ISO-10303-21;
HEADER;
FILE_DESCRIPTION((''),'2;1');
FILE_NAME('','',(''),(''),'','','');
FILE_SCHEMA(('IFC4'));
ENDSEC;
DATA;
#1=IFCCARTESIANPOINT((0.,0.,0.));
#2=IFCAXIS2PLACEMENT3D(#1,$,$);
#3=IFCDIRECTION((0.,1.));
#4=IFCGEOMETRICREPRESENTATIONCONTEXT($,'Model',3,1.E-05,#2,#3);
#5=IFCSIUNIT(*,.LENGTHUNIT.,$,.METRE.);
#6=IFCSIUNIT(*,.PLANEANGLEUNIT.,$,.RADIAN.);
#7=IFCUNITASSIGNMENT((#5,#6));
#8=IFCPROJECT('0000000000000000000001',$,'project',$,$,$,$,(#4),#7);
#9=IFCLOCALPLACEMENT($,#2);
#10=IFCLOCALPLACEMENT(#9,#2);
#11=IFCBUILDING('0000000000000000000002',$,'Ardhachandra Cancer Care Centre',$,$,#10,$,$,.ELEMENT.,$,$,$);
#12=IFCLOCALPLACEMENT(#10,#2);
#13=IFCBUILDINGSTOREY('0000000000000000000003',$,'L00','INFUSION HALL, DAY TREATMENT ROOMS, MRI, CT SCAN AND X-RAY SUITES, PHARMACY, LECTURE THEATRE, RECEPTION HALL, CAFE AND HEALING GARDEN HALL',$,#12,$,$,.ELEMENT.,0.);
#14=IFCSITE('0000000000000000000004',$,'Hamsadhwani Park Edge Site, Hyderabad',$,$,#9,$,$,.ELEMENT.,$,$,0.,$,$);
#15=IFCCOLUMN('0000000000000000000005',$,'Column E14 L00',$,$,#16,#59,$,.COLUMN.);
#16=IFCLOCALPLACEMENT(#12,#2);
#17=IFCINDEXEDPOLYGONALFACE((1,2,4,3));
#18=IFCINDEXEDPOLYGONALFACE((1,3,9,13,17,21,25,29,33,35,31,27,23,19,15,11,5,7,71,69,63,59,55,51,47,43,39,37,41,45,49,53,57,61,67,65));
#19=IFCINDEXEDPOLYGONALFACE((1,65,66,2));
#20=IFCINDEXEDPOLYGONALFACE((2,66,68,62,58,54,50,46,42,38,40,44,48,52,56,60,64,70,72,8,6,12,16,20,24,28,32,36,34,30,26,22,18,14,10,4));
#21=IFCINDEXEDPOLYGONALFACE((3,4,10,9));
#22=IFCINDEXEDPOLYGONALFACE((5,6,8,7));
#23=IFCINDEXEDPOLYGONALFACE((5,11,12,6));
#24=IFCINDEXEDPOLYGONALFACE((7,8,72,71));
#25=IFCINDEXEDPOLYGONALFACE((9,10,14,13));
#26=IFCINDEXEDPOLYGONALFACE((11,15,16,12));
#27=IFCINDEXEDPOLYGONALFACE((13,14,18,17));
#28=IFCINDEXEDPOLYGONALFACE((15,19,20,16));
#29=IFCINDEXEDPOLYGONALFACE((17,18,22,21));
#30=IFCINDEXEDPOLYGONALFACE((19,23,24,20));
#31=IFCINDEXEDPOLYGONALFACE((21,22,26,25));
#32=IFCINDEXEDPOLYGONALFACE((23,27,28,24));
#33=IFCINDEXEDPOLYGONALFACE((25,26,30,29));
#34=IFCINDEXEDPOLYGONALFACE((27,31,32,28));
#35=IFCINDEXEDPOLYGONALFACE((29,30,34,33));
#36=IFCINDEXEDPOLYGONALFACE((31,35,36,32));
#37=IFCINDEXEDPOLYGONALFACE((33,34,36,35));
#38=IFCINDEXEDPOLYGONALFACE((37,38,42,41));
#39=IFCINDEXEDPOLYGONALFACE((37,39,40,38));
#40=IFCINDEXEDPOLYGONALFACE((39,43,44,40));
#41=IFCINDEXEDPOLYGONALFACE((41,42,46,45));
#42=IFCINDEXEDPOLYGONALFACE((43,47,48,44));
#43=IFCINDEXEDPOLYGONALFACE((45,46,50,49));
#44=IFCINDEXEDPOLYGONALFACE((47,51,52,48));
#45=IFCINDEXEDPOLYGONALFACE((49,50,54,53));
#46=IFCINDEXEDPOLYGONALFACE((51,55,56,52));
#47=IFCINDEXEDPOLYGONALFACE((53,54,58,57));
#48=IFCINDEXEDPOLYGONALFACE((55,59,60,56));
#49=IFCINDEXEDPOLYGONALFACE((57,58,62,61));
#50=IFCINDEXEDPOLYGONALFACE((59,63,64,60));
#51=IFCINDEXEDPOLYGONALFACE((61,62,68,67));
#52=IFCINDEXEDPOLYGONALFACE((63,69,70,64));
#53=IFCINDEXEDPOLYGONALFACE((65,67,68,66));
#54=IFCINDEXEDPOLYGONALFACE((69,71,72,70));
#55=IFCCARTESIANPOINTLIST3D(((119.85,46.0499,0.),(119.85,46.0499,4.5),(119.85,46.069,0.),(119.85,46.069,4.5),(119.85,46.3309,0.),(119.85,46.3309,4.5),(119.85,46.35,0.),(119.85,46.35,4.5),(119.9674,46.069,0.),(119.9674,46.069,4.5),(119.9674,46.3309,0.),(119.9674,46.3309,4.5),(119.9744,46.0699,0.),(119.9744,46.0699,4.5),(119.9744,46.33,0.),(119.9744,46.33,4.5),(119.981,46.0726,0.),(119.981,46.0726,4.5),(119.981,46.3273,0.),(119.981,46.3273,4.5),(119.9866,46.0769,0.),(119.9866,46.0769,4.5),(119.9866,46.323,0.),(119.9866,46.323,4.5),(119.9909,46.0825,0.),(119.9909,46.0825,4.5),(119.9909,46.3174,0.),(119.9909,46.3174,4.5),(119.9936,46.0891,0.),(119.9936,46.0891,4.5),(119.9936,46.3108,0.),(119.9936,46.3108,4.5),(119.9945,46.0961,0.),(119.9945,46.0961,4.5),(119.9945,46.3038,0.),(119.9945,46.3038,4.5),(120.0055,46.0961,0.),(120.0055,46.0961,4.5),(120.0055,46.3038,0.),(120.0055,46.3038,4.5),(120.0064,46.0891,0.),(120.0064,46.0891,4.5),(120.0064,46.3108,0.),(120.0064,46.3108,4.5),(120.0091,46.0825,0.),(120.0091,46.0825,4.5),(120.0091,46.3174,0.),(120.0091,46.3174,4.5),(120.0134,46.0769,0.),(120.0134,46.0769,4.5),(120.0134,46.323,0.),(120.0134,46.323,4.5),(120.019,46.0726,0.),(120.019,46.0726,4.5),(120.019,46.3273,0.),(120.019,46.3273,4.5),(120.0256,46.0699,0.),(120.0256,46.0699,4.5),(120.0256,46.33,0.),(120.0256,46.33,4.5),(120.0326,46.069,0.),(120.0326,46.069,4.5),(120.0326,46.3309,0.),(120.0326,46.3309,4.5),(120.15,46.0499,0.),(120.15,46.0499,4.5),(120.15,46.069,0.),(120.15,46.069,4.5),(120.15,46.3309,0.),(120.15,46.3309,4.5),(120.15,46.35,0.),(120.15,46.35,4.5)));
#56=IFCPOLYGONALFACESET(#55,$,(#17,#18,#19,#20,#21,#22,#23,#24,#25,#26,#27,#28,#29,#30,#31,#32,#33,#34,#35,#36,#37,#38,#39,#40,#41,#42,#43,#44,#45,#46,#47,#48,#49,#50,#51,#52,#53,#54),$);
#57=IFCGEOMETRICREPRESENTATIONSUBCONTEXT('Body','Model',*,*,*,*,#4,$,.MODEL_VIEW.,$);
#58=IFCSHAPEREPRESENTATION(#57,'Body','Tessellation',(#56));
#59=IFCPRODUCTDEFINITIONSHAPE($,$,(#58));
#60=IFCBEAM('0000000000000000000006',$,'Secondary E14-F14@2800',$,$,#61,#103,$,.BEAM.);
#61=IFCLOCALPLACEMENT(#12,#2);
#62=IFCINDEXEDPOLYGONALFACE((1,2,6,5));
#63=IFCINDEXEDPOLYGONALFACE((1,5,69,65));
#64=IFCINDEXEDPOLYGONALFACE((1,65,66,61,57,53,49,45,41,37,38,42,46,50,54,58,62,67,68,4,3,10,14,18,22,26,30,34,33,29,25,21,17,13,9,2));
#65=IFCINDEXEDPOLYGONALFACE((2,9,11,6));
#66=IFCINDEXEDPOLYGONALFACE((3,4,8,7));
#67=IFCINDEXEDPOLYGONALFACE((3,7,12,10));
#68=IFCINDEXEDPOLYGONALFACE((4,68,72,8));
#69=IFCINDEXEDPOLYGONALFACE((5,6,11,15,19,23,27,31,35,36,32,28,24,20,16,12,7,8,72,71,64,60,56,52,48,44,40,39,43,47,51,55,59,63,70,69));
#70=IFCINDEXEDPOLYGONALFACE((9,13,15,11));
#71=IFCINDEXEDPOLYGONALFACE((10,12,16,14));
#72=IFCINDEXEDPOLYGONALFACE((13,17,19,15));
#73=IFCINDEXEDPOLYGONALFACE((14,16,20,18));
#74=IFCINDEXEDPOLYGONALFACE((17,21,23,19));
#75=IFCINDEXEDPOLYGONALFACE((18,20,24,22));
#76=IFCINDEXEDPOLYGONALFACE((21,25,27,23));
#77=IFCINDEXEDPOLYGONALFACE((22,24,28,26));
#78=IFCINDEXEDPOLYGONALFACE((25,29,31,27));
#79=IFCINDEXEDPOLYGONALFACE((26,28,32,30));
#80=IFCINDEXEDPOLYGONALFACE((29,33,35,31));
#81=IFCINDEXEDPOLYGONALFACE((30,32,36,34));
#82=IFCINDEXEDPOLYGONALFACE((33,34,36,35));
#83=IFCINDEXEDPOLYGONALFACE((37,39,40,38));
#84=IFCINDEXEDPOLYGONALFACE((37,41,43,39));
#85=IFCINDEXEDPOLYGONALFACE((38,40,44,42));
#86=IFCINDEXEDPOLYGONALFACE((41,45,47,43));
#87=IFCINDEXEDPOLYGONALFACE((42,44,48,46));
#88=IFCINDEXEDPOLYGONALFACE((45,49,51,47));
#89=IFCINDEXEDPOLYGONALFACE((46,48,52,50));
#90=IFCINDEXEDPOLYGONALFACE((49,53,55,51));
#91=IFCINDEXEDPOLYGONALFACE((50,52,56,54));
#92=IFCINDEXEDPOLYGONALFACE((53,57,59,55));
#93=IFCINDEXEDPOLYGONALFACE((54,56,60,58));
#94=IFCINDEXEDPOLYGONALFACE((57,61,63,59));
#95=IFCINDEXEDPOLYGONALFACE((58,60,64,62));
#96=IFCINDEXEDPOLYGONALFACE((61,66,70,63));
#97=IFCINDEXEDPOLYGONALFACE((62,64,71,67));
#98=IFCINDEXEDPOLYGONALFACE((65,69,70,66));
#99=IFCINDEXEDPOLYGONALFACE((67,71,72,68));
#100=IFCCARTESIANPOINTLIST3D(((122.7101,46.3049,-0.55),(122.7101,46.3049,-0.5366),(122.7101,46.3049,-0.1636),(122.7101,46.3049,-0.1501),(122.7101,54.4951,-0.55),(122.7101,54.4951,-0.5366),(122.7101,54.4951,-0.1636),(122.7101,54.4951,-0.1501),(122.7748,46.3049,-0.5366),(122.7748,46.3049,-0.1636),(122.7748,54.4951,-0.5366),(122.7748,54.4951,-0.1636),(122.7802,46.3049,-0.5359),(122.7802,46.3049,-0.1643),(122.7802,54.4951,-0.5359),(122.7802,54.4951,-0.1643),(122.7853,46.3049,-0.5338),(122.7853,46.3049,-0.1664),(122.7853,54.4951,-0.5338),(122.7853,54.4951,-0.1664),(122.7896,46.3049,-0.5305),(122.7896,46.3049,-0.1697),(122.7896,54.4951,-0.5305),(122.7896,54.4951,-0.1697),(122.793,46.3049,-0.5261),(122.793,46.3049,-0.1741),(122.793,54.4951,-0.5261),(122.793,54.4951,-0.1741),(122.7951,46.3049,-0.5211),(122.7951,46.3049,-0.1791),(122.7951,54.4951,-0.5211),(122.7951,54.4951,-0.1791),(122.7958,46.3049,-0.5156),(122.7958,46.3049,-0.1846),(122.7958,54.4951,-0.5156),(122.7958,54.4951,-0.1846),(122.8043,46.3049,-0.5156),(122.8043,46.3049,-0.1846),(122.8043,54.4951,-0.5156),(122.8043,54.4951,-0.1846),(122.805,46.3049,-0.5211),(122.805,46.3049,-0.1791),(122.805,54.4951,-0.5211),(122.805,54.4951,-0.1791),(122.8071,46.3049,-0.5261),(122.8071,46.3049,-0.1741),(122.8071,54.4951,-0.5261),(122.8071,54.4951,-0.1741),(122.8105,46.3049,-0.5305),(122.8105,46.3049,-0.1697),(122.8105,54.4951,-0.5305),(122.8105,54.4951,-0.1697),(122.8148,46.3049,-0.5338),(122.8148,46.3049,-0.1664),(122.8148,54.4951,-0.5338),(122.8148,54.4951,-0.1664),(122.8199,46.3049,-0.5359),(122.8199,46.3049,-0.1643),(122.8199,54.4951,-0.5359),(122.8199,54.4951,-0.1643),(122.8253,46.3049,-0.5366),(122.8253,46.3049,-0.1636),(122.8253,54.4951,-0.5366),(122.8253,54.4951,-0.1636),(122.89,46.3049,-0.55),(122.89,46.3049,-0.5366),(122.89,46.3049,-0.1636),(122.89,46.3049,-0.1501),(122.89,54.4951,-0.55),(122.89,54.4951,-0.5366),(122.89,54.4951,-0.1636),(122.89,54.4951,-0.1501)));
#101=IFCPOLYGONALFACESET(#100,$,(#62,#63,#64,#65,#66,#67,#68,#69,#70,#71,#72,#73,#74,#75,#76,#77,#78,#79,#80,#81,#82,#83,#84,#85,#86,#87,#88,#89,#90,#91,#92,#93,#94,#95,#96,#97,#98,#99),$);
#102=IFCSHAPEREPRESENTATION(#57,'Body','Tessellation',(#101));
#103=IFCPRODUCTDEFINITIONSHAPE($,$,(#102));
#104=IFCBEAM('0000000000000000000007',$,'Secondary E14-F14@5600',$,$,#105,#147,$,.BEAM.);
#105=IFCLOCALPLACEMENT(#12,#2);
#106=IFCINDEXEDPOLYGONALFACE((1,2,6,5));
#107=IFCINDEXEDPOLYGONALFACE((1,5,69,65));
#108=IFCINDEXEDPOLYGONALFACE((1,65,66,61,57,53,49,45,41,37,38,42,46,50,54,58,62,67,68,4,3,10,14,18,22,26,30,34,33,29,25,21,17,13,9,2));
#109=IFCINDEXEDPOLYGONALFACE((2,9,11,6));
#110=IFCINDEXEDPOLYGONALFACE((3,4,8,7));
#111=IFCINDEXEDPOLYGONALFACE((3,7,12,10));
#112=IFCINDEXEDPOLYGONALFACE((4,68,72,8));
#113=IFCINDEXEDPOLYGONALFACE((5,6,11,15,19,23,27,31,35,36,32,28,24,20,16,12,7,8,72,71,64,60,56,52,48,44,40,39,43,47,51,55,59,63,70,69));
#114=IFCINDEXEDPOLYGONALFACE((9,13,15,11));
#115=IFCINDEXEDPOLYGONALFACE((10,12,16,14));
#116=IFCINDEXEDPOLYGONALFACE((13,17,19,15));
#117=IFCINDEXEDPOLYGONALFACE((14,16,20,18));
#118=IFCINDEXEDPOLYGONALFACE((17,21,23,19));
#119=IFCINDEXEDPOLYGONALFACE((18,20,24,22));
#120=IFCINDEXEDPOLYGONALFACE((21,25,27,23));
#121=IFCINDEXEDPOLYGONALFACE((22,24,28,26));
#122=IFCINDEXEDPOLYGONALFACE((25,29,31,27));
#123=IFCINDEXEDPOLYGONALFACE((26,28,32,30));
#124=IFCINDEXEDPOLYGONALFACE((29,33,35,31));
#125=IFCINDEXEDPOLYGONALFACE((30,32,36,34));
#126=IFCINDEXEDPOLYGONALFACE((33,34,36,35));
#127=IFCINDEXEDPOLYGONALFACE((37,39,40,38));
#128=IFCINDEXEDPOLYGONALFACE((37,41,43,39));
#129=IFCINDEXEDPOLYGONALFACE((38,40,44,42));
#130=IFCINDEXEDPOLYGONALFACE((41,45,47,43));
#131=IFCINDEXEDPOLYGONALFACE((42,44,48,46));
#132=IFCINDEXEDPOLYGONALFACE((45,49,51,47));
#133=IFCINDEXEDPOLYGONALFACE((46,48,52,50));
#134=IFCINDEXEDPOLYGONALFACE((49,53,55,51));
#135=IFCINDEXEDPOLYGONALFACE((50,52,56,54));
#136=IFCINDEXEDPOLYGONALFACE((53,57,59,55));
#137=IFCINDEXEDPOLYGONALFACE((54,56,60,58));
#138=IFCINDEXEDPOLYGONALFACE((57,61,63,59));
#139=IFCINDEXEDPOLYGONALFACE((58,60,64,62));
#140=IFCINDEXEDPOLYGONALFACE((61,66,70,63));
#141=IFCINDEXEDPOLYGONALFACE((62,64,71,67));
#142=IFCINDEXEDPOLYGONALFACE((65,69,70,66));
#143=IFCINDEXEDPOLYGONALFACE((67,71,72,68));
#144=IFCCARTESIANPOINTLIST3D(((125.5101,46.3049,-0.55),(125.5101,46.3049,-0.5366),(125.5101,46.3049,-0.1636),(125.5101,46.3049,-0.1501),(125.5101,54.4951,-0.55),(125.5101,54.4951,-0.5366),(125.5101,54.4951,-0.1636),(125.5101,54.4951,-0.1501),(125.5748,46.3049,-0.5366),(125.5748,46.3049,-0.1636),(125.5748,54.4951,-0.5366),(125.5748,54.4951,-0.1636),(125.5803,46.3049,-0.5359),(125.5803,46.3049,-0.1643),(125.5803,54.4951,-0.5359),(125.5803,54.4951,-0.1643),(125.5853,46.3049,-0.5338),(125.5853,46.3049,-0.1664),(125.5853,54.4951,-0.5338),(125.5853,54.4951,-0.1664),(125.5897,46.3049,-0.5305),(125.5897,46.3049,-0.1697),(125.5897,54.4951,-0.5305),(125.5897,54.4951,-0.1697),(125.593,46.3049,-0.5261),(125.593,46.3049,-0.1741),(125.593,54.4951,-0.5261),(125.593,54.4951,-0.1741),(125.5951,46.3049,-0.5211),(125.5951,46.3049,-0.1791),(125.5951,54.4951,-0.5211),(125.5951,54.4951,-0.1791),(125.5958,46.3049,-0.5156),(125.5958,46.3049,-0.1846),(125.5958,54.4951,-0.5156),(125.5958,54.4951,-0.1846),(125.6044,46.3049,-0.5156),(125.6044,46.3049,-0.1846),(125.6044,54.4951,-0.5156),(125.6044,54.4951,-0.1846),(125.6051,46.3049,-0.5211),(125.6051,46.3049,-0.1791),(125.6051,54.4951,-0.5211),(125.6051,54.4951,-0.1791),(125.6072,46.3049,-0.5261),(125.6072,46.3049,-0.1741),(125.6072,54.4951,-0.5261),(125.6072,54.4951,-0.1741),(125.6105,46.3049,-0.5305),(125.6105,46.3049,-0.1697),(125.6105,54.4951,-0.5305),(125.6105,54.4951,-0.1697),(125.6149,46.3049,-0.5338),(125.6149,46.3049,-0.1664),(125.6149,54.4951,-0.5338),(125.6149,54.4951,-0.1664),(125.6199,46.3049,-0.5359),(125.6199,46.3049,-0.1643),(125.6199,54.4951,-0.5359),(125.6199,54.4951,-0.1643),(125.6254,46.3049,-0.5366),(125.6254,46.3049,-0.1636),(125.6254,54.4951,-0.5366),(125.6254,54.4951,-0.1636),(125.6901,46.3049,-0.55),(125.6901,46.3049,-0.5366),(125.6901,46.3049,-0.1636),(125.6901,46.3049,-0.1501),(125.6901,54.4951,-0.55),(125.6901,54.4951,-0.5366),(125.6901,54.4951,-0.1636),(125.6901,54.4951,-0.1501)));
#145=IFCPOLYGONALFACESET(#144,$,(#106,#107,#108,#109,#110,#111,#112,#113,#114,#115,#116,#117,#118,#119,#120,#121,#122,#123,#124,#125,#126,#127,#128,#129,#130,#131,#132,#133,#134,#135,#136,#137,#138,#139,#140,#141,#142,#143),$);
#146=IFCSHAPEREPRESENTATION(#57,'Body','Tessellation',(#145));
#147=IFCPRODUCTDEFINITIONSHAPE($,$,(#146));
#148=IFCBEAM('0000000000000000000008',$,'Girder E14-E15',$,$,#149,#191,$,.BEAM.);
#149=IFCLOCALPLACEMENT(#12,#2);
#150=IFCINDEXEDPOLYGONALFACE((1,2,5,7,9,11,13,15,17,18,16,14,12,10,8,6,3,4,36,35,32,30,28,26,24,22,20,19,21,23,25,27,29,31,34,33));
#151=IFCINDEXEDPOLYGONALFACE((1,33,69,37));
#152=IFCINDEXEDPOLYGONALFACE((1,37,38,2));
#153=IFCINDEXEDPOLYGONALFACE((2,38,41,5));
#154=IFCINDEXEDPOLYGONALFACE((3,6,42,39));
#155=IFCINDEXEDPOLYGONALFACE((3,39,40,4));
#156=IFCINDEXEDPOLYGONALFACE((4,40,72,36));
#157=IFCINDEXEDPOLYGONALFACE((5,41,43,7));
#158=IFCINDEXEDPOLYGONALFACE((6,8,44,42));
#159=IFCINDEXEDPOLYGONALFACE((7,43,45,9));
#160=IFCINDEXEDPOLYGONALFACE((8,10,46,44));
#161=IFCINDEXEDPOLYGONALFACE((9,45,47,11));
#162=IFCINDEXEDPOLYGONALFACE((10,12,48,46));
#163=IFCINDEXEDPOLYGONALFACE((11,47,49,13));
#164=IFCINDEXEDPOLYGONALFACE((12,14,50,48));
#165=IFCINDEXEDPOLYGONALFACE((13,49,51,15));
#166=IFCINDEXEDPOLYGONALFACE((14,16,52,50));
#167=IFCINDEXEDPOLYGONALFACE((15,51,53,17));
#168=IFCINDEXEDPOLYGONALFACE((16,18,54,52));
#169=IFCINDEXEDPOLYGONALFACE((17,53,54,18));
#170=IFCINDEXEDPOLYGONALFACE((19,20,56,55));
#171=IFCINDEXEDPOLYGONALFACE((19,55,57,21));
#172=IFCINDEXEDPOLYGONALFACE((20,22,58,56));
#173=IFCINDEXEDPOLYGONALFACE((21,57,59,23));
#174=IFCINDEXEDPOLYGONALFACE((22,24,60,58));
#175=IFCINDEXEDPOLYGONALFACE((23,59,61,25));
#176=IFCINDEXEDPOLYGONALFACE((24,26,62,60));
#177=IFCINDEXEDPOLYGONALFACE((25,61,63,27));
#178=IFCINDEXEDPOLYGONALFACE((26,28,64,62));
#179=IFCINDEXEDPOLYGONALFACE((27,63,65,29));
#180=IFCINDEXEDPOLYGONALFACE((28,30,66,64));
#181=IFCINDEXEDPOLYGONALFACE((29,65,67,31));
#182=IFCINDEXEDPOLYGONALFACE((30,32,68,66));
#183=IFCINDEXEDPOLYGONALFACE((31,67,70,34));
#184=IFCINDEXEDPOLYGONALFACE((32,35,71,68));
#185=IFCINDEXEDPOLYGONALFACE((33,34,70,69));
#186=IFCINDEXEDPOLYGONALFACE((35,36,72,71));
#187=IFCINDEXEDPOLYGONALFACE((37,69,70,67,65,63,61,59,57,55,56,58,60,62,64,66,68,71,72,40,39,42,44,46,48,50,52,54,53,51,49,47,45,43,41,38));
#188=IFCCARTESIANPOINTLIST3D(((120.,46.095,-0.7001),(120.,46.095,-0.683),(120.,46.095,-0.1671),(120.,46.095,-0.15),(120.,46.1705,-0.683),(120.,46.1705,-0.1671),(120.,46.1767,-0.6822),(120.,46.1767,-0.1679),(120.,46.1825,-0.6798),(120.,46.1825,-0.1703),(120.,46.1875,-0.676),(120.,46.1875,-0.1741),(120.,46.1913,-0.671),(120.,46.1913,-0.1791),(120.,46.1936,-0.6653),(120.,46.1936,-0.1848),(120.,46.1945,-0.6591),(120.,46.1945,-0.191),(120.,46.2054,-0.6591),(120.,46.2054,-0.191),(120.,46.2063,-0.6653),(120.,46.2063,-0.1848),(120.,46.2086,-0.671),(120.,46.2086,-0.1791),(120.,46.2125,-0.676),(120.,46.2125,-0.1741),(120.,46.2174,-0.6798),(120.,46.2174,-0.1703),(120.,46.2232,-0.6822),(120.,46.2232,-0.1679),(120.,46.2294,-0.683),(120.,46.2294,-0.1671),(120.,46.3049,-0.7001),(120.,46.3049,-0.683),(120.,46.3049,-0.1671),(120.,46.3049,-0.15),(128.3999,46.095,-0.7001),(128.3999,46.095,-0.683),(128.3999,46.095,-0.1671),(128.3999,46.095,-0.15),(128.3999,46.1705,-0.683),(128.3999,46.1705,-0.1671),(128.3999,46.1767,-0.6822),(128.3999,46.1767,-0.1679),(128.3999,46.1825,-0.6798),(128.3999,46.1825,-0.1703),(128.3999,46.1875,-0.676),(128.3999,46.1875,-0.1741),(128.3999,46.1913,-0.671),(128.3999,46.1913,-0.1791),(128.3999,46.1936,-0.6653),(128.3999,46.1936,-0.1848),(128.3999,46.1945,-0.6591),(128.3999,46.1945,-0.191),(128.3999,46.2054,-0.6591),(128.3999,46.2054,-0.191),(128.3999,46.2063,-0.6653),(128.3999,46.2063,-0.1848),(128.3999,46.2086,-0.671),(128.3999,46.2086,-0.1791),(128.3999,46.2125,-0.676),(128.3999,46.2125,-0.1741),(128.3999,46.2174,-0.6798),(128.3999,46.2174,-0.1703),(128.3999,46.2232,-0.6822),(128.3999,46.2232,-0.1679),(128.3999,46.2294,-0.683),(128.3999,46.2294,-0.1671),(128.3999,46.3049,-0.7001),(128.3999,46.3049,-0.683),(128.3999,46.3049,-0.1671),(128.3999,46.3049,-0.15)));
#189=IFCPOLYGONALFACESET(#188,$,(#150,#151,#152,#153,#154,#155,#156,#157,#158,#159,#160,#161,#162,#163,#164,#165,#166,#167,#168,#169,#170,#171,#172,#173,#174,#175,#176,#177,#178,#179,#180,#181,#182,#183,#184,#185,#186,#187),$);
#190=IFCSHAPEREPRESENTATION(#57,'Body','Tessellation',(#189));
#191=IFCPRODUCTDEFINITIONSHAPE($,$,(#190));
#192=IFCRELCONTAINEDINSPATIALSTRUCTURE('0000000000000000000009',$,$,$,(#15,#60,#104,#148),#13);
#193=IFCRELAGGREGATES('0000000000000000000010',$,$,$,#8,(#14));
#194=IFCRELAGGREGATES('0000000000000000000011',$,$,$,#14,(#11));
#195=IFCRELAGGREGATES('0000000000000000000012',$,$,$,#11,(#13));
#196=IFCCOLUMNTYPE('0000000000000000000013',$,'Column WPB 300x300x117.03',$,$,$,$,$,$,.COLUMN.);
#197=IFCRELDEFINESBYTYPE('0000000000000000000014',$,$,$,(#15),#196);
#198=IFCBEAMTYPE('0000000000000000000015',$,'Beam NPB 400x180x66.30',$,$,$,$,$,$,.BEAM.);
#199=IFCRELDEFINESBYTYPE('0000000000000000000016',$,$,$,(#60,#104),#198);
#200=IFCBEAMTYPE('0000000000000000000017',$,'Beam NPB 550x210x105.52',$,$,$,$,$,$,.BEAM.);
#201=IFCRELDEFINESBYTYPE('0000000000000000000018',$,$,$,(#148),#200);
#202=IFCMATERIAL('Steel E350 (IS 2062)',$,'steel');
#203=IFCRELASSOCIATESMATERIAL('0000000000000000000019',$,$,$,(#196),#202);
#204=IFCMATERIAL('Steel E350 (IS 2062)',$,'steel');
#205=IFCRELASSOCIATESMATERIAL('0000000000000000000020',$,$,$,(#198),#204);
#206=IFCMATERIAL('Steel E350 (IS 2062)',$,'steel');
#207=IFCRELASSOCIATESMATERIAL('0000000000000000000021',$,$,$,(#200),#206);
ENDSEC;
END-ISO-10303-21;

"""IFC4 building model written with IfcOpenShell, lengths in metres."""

from ifc_helpers import new_model, si_unit, direction, frame, origin, origin_2d, place, context, subcontext, project, spatial, i_section, extrude, material, material_profile, profile_set, type_object, element, save


model = new_model("IFC4")

# Units and contexts
model_context = context("Model", 3, precision=1e-05, world=origin(), true_north=direction((0.0, 1.0)))
body_context = subcontext(model_context, "Body", "Model", "MODEL_VIEW")
ifc_project = project(units=[si_unit("LENGTHUNIT", "METRE"), si_unit("PLANEANGLEUNIT", "RADIAN")], contexts=[model_context])

# Site, building, storey
site_placement = place(None, origin())
site = spatial("IfcSite", under=ifc_project, at=site_placement, Name="Hamsadhwani Park Edge Site, Hyderabad", CompositionType="ELEMENT", RefElevation=0.0)
building_placement = place(site_placement, origin())
building = spatial("IfcBuilding", under=site, at=building_placement, Name="Ardhachandra Cancer Care Centre", CompositionType="ELEMENT")
storey_placement = place(building_placement, origin())
storey = spatial("IfcBuildingStorey", under=building, at=storey_placement, Name="L00", Description="INFUSION HALL, DAY TREATMENT ROOMS, MRI, CT SCAN AND X-RAY SUITES, PHARMACY, LECTURE THEATRE, RECEPTION HALL, CAFE AND HEALING GARDEN HALL", CompositionType="ELEMENT", Elevation=0.0)

# Column
ifc_material_1 = material(Name="Steel E350 (IS 2062)", Category="steel")
ifc_material_profile_1 = material_profile(ifc_material_1, i_section(OverallWidth=0.3, OverallDepth=0.3, WebThickness=0.011, FlangeThickness=0.019, FilletRadius=0.0271, at=origin_2d()), Name="WPB 300x300x117.03")
ifc_profile_set_1 = profile_set([ifc_material_profile_1], Name="Steel E350 (IS 2062)")
column_type = type_object("IfcColumnType", Name="Column WPB 300x300x117.03", PredefinedType="COLUMN", material=ifc_profile_set_1)
column_placement = place(storey_placement, frame((120.0, 46.2, 0.0), z_axis=(0.0, 0.0, 1.0), x_axis=(1.0, 0.0, 0.0)))
element("IfcColumn", 1, at=column_placement, inside=storey, type_object=column_type, Name="Column E14 L00", PredefinedType="COLUMN", context=body_context, shape_type="SweptSolid", body=[
    extrude(i_section(OverallWidth=0.3, OverallDepth=0.3, WebThickness=0.011, FlangeThickness=0.019, FilletRadius=0.0271, at=origin_2d()), origin(), (0.0, 0.0, 1.0), 4.5),
])

# Beams
ifc_material_2 = material(Name="Steel E350 (IS 2062)", Category="steel")
ifc_material_profile_2 = material_profile(ifc_material_2, i_section(OverallWidth=0.1799, OverallDepth=0.3999, WebThickness=0.0085, FlangeThickness=0.0134, FilletRadius=0.021, at=origin_2d()), Name="NPB 400x180x66.30")
ifc_profile_set_2 = profile_set([ifc_material_profile_2], Name="Steel E350 (IS 2062)")
beam_type_1 = type_object("IfcBeamType", Name="Beam NPB 400x180x66.30", PredefinedType="BEAM", material=ifc_profile_set_2)
for number, where, z_axis, x_axis, name in (
    (2, (122.8, 46.3049, -0.3501), (0.0, 1.0, 0.0), (-1.0, 0.0, 0.0), "Secondary E14-F14@2800"),
    (3, (125.6001, 46.3049, -0.3501), (0.0, 1.0, 0.0), (-1.0, 0.0, 0.0), "Secondary E14-F14@5600"),
):
    element("IfcBeam", number, at=place(storey_placement, frame(where, z_axis=z_axis, x_axis=x_axis)), inside=storey, type_object=beam_type_1, Name=name, PredefinedType="BEAM", context=body_context, shape_type="SweptSolid", body=[
        extrude(i_section(OverallWidth=0.1799, OverallDepth=0.3999, WebThickness=0.0085, FlangeThickness=0.0134, FilletRadius=0.021, at=origin_2d()), origin(), (0.0, 0.0, 1.0), 8.1902),
    ])
ifc_material_3 = material(Name="Steel E350 (IS 2062)", Category="steel")
ifc_material_profile_3 = material_profile(ifc_material_3, i_section(OverallWidth=0.21, OverallDepth=0.55, WebThickness=0.011, FlangeThickness=0.0171, FilletRadius=0.0239, at=origin_2d()), Name="NPB 550x210x105.52")
ifc_profile_set_3 = profile_set([ifc_material_profile_3], Name="Steel E350 (IS 2062)")
beam_type_2 = type_object("IfcBeamType", Name="Beam NPB 550x210x105.52", PredefinedType="BEAM", material=ifc_profile_set_3)
beam_1_placement = place(storey_placement, frame((120.0, 46.2, -0.425), z_axis=(1.0, 0.0, 0.0), x_axis=(0.0, 1.0, 0.0)))
element("IfcBeam", 4, at=beam_1_placement, inside=storey, type_object=beam_type_2, Name="Girder E14-E15", PredefinedType="BEAM", context=body_context, shape_type="SweptSolid", body=[
    extrude(i_section(OverallWidth=0.21, OverallDepth=0.55, WebThickness=0.011, FlangeThickness=0.0171, FilletRadius=0.0239, at=origin_2d()), origin(), (0.0, 0.0, 1.0), 8.3999),
])

save(model, "model.ifc")
